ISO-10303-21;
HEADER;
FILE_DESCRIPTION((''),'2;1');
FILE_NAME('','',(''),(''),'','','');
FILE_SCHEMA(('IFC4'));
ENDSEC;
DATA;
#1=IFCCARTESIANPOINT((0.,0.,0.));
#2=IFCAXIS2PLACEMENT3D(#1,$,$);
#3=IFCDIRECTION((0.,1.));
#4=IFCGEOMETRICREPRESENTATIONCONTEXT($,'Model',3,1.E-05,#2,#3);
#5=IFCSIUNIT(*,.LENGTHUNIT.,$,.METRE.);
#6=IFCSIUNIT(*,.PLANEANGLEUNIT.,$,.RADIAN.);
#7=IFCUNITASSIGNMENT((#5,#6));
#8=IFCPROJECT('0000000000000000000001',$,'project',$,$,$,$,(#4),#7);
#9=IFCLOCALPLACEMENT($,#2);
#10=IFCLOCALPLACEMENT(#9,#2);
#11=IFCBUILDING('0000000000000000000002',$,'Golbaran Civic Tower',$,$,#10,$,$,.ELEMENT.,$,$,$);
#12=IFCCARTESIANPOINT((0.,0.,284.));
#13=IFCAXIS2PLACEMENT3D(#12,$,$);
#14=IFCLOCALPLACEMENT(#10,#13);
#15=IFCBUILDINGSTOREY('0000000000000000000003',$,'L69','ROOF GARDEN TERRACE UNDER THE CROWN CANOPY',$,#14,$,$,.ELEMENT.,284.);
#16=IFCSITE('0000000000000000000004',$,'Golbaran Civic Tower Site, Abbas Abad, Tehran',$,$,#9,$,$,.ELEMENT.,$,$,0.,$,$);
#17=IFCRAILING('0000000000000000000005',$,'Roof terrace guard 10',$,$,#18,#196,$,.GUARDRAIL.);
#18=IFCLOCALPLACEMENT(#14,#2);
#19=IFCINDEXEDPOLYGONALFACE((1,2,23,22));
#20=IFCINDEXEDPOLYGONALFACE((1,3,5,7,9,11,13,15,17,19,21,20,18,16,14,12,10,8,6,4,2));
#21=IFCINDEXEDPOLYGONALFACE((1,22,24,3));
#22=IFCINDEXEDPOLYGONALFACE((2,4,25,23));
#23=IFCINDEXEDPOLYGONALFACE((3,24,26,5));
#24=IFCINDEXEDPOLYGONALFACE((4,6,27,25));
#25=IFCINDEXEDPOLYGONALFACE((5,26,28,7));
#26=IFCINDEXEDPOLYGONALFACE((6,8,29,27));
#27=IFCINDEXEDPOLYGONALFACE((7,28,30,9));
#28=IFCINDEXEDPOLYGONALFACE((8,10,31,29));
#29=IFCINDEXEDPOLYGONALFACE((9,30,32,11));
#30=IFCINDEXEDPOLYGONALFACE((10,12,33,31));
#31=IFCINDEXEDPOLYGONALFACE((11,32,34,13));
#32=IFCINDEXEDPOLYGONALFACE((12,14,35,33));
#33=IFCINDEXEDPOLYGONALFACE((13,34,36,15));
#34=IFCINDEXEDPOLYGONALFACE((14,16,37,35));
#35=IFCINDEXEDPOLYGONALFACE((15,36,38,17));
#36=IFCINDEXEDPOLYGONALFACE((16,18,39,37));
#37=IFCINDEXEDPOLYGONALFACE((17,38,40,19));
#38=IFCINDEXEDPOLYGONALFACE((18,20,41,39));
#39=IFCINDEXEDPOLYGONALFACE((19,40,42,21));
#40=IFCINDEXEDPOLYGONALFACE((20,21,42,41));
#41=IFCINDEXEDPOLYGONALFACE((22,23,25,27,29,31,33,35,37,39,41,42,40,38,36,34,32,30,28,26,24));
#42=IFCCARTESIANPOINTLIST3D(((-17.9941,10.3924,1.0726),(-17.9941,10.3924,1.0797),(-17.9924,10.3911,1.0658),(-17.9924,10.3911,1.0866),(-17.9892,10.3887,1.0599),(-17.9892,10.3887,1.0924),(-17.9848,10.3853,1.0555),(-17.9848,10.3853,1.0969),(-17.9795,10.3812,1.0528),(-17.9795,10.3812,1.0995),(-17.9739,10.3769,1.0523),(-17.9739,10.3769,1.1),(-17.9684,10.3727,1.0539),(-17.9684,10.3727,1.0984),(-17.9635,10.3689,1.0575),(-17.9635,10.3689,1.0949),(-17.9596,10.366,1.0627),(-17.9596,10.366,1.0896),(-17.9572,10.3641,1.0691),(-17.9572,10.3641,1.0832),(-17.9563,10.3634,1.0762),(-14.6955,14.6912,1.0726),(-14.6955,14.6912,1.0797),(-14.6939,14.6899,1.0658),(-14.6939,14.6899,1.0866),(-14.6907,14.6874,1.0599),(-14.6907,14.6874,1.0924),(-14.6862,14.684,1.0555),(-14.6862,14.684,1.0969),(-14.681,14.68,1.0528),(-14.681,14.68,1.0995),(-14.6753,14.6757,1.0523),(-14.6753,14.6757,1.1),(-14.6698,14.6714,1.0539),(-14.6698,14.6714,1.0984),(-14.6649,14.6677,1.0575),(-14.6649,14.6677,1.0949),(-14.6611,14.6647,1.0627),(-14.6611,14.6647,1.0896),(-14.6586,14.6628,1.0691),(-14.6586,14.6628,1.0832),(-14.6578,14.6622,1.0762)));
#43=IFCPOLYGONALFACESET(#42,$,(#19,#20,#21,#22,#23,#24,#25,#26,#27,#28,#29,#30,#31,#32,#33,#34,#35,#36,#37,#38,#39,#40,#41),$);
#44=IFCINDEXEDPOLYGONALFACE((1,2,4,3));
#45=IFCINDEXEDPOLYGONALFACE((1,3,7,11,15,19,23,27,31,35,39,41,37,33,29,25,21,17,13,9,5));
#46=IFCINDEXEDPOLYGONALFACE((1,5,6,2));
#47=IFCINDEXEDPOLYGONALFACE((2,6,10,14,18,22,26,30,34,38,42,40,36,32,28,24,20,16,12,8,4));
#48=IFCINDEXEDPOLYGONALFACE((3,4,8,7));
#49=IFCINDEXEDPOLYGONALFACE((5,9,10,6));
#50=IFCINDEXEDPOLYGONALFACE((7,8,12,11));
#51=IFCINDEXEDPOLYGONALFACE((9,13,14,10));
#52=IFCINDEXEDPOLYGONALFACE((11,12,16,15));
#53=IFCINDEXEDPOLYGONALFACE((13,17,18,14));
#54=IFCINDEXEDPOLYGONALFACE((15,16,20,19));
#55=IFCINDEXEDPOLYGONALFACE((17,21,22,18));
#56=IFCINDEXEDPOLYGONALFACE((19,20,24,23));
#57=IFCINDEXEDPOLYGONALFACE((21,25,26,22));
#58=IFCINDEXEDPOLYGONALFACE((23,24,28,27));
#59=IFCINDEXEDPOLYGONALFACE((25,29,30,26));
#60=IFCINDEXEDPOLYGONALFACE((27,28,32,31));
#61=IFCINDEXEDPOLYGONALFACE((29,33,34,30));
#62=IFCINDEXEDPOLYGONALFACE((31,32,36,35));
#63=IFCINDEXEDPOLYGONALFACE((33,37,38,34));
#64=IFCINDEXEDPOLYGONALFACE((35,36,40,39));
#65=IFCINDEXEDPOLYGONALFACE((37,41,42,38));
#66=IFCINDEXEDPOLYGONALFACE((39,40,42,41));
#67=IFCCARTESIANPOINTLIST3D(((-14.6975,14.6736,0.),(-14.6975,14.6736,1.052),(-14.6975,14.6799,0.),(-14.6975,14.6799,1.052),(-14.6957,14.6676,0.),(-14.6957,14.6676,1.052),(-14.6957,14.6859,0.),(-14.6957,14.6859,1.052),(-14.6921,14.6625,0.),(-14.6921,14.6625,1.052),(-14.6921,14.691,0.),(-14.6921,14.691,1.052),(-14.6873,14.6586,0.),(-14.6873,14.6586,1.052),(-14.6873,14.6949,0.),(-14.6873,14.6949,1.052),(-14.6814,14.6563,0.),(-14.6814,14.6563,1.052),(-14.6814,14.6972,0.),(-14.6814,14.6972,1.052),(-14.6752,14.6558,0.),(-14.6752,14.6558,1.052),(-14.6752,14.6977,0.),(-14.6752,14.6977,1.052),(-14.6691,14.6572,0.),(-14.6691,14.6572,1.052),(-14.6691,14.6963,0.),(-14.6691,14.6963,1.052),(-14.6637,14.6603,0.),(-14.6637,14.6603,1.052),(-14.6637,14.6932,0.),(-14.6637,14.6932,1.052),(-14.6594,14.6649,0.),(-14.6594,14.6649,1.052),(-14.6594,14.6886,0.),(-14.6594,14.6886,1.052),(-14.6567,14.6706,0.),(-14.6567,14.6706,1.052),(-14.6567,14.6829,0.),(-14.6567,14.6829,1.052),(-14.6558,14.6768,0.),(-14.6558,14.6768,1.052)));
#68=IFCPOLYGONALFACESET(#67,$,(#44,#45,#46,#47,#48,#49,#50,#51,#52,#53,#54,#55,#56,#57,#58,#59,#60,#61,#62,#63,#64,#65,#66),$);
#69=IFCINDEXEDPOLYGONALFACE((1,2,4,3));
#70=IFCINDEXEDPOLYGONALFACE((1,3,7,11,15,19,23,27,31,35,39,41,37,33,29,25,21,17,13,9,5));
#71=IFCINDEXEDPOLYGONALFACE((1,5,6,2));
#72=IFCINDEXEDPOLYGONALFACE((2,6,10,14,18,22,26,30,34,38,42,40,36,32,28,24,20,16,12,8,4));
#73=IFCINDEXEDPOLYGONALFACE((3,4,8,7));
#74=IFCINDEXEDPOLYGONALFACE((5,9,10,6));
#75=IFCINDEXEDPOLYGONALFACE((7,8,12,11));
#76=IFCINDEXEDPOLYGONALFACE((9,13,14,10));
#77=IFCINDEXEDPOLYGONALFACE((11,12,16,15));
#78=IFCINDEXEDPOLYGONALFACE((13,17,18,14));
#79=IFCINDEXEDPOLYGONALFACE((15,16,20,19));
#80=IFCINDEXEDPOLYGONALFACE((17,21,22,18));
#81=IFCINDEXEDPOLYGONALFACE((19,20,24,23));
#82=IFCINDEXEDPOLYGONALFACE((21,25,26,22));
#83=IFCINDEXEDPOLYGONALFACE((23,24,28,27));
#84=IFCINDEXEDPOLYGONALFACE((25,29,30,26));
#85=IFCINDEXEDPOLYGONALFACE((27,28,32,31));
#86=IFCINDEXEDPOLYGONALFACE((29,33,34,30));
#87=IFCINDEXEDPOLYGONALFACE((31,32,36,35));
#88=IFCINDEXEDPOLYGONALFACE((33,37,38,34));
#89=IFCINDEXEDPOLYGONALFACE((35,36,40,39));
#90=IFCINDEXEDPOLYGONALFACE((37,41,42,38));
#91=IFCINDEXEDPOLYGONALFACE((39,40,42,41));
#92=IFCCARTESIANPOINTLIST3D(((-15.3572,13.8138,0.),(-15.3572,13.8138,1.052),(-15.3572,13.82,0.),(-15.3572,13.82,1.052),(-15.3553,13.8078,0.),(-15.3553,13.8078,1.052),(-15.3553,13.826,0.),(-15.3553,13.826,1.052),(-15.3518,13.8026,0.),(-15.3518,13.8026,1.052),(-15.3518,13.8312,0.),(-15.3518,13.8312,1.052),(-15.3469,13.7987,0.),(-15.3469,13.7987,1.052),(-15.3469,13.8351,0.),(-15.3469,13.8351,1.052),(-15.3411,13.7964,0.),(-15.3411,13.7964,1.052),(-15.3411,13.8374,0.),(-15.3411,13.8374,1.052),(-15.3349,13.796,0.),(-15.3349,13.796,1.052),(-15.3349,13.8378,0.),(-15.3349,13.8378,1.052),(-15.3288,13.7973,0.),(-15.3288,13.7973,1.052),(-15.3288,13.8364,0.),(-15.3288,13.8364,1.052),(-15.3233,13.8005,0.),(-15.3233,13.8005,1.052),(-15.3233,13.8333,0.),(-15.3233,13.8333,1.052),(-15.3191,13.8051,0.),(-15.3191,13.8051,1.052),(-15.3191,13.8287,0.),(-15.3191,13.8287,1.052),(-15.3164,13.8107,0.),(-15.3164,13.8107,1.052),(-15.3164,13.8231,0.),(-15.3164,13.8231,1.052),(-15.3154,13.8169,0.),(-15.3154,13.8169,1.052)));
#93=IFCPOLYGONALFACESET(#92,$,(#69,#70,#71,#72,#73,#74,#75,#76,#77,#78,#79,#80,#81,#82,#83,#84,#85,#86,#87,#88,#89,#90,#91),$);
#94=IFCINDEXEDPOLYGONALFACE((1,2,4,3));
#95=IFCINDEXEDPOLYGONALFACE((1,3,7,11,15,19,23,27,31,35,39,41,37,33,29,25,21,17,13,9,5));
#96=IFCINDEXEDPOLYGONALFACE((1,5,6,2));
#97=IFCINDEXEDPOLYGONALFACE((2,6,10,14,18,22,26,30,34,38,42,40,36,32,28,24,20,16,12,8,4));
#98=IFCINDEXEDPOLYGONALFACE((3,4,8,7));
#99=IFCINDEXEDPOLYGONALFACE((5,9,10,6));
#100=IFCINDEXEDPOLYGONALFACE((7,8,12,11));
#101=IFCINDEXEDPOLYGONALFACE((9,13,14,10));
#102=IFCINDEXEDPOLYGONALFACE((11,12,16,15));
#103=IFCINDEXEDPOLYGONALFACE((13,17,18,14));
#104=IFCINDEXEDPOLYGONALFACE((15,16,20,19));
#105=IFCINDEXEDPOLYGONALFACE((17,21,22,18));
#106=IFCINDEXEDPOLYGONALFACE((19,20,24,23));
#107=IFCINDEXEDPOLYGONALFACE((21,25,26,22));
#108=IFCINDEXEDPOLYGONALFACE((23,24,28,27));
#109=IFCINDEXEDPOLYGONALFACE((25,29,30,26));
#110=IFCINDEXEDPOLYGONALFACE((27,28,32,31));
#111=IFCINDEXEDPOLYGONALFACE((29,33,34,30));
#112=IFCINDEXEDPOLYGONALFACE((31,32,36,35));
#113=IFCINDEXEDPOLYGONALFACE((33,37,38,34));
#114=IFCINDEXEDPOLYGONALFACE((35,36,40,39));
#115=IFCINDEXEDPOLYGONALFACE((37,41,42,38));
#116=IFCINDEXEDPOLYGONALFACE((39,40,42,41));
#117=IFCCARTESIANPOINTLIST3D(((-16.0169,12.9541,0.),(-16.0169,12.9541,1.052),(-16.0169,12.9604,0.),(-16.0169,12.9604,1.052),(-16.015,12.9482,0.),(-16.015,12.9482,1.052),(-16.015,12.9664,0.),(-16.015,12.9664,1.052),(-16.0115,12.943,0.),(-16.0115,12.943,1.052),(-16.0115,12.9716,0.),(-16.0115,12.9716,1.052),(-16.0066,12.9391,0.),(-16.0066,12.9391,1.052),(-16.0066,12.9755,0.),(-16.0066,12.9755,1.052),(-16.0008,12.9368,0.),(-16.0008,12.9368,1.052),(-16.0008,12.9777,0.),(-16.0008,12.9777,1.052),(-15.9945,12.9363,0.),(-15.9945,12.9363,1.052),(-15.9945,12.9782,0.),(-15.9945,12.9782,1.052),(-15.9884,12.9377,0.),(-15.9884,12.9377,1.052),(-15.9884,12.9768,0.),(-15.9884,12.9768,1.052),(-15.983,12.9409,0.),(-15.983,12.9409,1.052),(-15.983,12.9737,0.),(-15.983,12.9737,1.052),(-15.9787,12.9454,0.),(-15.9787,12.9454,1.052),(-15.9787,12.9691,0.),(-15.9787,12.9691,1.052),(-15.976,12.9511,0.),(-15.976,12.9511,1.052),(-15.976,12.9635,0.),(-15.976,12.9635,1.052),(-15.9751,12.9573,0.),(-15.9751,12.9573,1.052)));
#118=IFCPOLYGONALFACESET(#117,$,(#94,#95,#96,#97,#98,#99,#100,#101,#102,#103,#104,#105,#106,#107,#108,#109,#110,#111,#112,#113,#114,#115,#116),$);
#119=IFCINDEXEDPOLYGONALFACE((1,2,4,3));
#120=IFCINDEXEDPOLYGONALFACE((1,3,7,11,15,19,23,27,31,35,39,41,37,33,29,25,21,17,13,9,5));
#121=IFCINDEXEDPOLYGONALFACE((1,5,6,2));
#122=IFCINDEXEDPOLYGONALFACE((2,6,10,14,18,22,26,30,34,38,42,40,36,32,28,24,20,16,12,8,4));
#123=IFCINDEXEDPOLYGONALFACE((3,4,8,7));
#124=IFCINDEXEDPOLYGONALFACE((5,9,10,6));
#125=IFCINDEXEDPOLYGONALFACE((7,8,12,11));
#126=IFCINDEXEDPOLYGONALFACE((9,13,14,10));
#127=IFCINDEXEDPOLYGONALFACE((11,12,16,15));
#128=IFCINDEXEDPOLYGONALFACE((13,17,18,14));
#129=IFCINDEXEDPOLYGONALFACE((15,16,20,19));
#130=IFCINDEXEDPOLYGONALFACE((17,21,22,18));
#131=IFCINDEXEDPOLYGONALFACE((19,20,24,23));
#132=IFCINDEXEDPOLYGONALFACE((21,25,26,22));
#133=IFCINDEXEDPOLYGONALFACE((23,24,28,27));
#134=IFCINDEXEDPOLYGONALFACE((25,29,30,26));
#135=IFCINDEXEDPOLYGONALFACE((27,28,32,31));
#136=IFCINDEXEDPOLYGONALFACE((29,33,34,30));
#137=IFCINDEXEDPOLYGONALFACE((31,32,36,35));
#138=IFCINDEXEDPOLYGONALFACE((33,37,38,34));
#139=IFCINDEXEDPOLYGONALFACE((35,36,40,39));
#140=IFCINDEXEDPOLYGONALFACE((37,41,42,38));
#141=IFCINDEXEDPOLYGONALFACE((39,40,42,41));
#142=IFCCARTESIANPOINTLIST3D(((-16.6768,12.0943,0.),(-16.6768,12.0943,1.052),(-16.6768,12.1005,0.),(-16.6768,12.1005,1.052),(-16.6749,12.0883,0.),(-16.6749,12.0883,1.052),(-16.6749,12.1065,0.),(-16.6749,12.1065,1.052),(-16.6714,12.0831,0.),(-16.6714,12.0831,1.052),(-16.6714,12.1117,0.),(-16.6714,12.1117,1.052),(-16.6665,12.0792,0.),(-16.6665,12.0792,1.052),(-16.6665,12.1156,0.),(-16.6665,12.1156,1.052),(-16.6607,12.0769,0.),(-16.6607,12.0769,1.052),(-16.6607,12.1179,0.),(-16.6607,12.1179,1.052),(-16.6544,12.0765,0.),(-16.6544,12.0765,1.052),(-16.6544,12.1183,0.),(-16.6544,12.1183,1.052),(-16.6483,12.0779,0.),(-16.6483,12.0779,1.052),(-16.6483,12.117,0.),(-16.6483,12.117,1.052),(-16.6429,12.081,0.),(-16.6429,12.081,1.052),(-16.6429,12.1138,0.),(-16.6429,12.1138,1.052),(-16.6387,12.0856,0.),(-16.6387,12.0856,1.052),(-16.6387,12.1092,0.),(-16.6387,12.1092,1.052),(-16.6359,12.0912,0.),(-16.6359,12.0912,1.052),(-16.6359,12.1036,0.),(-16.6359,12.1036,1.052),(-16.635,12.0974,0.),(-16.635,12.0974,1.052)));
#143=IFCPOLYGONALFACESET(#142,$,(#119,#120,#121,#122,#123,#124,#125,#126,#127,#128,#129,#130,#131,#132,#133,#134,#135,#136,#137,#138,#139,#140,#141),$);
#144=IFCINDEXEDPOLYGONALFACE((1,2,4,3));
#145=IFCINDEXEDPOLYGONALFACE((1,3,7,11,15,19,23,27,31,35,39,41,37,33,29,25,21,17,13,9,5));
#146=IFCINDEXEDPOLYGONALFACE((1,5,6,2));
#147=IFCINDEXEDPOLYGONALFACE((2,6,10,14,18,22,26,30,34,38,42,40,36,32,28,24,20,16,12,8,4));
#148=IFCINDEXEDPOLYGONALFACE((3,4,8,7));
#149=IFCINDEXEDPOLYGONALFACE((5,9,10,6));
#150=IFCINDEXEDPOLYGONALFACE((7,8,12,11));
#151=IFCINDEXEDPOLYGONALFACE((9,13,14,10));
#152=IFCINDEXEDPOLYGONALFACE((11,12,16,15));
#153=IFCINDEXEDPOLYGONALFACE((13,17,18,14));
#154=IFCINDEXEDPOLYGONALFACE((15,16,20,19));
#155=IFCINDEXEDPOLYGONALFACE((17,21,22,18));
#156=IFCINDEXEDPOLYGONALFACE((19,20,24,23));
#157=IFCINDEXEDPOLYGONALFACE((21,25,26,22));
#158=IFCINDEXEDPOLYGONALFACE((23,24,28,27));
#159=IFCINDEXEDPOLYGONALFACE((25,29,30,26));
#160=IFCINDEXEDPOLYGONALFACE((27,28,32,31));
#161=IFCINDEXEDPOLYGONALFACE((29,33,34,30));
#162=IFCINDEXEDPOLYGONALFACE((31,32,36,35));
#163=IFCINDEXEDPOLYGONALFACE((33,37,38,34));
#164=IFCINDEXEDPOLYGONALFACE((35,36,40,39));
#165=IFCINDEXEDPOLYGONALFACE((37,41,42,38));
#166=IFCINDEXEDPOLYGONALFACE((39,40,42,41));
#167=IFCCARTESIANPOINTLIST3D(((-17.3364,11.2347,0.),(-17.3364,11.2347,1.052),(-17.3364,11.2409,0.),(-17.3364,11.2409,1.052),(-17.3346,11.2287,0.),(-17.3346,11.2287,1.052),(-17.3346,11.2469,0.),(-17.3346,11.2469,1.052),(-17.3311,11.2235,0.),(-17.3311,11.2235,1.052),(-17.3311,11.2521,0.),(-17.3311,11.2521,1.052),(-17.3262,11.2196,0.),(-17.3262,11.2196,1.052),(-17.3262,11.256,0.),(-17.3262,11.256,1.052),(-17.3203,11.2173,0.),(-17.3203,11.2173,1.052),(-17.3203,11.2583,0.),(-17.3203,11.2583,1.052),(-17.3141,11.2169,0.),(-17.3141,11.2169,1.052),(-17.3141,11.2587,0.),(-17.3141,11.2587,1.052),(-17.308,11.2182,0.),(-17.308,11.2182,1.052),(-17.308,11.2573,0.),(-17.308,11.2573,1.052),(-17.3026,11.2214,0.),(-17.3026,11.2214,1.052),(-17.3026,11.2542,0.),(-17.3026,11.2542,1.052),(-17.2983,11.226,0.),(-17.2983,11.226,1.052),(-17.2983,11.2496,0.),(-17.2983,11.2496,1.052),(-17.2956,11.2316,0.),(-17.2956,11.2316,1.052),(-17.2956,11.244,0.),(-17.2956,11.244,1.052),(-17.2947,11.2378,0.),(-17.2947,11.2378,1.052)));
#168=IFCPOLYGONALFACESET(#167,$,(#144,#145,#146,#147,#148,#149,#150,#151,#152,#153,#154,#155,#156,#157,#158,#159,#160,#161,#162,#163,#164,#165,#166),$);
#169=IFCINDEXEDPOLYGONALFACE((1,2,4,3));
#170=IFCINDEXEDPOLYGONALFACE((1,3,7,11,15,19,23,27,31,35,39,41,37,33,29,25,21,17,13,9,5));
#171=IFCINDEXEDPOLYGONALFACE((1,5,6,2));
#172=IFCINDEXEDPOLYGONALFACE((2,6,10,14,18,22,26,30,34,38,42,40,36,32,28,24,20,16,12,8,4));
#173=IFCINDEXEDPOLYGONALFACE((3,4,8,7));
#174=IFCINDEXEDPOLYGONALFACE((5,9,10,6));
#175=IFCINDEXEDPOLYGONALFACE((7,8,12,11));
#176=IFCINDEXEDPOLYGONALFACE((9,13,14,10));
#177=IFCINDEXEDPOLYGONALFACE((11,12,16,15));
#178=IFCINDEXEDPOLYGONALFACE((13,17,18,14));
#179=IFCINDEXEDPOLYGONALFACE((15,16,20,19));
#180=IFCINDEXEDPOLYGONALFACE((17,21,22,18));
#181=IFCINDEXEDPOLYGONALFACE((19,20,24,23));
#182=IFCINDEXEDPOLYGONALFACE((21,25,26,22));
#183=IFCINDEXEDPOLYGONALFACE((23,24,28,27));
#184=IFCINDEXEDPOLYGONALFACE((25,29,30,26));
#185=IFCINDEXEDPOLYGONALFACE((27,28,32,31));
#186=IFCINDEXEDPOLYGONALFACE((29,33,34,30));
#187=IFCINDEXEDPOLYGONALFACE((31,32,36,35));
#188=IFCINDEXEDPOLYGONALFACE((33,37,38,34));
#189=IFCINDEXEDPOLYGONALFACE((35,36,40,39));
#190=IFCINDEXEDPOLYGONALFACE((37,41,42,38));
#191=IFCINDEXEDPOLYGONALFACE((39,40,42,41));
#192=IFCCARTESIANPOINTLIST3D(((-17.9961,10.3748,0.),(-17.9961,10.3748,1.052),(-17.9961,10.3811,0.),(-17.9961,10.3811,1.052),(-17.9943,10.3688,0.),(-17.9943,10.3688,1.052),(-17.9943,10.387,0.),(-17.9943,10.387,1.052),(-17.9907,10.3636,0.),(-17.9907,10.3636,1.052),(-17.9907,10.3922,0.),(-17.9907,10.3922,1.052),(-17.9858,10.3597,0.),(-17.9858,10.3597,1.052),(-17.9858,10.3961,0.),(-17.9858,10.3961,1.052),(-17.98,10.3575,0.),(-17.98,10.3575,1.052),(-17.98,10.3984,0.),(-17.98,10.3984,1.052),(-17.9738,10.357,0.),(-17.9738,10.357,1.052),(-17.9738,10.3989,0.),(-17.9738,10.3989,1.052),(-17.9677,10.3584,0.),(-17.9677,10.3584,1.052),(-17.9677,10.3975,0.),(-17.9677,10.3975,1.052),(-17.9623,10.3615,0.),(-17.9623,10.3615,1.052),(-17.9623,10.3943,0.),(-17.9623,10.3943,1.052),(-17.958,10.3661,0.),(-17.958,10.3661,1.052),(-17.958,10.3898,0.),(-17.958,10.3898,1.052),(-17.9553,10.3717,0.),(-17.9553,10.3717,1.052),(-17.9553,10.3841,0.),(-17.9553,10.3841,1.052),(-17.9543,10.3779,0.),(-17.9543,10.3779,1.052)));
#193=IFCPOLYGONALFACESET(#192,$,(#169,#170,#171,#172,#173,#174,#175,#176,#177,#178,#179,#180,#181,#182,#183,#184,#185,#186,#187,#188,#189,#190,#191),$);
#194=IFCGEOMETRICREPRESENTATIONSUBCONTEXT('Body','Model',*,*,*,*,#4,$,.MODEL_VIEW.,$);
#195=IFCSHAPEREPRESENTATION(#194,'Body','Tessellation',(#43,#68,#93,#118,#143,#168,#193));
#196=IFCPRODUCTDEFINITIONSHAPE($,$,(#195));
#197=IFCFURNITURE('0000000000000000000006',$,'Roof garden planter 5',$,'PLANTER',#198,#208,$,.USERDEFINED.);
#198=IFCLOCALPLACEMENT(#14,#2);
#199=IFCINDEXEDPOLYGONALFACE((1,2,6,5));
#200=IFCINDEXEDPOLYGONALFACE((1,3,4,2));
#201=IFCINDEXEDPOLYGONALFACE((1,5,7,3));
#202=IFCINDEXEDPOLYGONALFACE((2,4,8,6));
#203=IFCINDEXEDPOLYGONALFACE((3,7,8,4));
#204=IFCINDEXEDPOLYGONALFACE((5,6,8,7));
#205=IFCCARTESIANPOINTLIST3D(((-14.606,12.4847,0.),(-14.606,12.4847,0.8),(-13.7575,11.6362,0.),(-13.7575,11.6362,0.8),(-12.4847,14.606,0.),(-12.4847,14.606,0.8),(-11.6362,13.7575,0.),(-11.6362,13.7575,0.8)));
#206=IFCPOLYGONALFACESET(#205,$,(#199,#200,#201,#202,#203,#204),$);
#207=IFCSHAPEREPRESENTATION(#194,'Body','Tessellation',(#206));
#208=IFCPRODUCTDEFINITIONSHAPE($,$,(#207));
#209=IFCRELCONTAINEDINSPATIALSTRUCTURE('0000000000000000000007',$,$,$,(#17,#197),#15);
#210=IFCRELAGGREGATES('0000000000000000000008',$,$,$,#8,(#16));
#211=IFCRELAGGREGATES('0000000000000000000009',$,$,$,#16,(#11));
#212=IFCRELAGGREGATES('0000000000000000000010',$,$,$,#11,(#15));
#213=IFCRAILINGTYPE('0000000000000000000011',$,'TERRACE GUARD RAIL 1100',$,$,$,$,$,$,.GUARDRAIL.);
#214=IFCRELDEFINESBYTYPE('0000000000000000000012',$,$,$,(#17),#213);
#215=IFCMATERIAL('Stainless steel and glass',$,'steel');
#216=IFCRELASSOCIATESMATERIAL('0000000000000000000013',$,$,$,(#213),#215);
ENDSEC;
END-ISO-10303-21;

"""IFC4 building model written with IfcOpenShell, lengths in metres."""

from ifc_helpers import new_model, si_unit, direction, frame, origin, origin_2d, place, context, subcontext, project, spatial, rectangle, circle, extrude, material, type_object, element, save


model = new_model("IFC4")

# Units and contexts
model_context = context("Model", 3, precision=1e-05, world=origin(), true_north=direction((0.0, 1.0)))
body_context = subcontext(model_context, "Body", "Model", "MODEL_VIEW")
ifc_project = project(units=[si_unit("LENGTHUNIT", "METRE"), si_unit("PLANEANGLEUNIT", "RADIAN")], contexts=[model_context])

# Site, building, storey
site_placement = place(None, origin())
site = spatial("IfcSite", under=ifc_project, at=site_placement, Name="Golbaran Civic Tower Site, Abbas Abad, Tehran", CompositionType="ELEMENT", RefElevation=0.0)
building_placement = place(site_placement, origin())
building = spatial("IfcBuilding", under=site, at=building_placement, Name="Golbaran Civic Tower", CompositionType="ELEMENT")
storey_placement = place(building_placement, frame((0.0, 0.0, 284.0)))
storey = spatial("IfcBuildingStorey", under=building, at=storey_placement, Name="L69", Description="ROOF GARDEN TERRACE UNDER THE CROWN CANOPY", CompositionType="ELEMENT", Elevation=284.0)

# Railing
ifc_material_1 = material(Name="Stainless steel and glass", Category="steel")
railing_type = type_object("IfcRailingType", Name="TERRACE GUARD RAIL 1100", PredefinedType="GUARDRAIL", material=ifc_material_1)
railing_placement = place(storey_placement, frame((-14.6768, 14.6768, 0.0)))
element("IfcRailing", 1, at=railing_placement, inside=storey, type_object=railing_type, Name="Roof terrace guard 10", PredefinedType="GUARDRAIL", context=body_context, shape_type="SweptSolid", body=[
    extrude(circle(Radius=0.0239, at=origin_2d()), frame((0.0, 0.0, 1.0762), z_axis=(-0.608759, -0.793355, 0.0), x_axis=(0.793355, -0.608759, 0.0)), (0.0, 0.0, 1.0), 5.4185),
    extrude(circle(Radius=0.021, at=origin_2d()), origin(), (0.0, 0.0, 1.0), 1.052),
    extrude(circle(Radius=0.021, at=origin_2d()), frame((-0.6597, -0.8599, 0.0)), (0.0, 0.0, 1.0), 1.052),
    extrude(circle(Radius=0.021, at=origin_2d()), frame((-1.3193, -1.7195, 0.0)), (0.0, 0.0, 1.0), 1.052),
    extrude(circle(Radius=0.021, at=origin_2d()), frame((-1.9792, -2.5793, 0.0)), (0.0, 0.0, 1.0), 1.052),
    extrude(circle(Radius=0.021, at=origin_2d()), frame((-2.6389, -3.439, 0.0)), (0.0, 0.0, 1.0), 1.052),
    extrude(circle(Radius=0.021, at=origin_2d()), frame((-3.2986, -4.2988, 0.0)), (0.0, 0.0, 1.0), 1.052),
])

# Furniture
furniture_placement = place(storey_placement, frame((-13.1211, 13.1211, 0.0), z_axis=(0.0, 0.0, 1.0), x_axis=(-0.707107, -0.707107, 0.0)))
element("IfcFurniture", 2, at=furniture_placement, inside=storey, Name="Roof garden planter 5", ObjectType="PLANTER", PredefinedType="USERDEFINED", context=body_context, shape_type="SweptSolid", body=[
    extrude(rectangle(XDim=3.0, YDim=1.2, at=origin_2d()), origin(), (0.0, 0.0, 1.0), 0.8),
])

save(model, "model.ifc")
